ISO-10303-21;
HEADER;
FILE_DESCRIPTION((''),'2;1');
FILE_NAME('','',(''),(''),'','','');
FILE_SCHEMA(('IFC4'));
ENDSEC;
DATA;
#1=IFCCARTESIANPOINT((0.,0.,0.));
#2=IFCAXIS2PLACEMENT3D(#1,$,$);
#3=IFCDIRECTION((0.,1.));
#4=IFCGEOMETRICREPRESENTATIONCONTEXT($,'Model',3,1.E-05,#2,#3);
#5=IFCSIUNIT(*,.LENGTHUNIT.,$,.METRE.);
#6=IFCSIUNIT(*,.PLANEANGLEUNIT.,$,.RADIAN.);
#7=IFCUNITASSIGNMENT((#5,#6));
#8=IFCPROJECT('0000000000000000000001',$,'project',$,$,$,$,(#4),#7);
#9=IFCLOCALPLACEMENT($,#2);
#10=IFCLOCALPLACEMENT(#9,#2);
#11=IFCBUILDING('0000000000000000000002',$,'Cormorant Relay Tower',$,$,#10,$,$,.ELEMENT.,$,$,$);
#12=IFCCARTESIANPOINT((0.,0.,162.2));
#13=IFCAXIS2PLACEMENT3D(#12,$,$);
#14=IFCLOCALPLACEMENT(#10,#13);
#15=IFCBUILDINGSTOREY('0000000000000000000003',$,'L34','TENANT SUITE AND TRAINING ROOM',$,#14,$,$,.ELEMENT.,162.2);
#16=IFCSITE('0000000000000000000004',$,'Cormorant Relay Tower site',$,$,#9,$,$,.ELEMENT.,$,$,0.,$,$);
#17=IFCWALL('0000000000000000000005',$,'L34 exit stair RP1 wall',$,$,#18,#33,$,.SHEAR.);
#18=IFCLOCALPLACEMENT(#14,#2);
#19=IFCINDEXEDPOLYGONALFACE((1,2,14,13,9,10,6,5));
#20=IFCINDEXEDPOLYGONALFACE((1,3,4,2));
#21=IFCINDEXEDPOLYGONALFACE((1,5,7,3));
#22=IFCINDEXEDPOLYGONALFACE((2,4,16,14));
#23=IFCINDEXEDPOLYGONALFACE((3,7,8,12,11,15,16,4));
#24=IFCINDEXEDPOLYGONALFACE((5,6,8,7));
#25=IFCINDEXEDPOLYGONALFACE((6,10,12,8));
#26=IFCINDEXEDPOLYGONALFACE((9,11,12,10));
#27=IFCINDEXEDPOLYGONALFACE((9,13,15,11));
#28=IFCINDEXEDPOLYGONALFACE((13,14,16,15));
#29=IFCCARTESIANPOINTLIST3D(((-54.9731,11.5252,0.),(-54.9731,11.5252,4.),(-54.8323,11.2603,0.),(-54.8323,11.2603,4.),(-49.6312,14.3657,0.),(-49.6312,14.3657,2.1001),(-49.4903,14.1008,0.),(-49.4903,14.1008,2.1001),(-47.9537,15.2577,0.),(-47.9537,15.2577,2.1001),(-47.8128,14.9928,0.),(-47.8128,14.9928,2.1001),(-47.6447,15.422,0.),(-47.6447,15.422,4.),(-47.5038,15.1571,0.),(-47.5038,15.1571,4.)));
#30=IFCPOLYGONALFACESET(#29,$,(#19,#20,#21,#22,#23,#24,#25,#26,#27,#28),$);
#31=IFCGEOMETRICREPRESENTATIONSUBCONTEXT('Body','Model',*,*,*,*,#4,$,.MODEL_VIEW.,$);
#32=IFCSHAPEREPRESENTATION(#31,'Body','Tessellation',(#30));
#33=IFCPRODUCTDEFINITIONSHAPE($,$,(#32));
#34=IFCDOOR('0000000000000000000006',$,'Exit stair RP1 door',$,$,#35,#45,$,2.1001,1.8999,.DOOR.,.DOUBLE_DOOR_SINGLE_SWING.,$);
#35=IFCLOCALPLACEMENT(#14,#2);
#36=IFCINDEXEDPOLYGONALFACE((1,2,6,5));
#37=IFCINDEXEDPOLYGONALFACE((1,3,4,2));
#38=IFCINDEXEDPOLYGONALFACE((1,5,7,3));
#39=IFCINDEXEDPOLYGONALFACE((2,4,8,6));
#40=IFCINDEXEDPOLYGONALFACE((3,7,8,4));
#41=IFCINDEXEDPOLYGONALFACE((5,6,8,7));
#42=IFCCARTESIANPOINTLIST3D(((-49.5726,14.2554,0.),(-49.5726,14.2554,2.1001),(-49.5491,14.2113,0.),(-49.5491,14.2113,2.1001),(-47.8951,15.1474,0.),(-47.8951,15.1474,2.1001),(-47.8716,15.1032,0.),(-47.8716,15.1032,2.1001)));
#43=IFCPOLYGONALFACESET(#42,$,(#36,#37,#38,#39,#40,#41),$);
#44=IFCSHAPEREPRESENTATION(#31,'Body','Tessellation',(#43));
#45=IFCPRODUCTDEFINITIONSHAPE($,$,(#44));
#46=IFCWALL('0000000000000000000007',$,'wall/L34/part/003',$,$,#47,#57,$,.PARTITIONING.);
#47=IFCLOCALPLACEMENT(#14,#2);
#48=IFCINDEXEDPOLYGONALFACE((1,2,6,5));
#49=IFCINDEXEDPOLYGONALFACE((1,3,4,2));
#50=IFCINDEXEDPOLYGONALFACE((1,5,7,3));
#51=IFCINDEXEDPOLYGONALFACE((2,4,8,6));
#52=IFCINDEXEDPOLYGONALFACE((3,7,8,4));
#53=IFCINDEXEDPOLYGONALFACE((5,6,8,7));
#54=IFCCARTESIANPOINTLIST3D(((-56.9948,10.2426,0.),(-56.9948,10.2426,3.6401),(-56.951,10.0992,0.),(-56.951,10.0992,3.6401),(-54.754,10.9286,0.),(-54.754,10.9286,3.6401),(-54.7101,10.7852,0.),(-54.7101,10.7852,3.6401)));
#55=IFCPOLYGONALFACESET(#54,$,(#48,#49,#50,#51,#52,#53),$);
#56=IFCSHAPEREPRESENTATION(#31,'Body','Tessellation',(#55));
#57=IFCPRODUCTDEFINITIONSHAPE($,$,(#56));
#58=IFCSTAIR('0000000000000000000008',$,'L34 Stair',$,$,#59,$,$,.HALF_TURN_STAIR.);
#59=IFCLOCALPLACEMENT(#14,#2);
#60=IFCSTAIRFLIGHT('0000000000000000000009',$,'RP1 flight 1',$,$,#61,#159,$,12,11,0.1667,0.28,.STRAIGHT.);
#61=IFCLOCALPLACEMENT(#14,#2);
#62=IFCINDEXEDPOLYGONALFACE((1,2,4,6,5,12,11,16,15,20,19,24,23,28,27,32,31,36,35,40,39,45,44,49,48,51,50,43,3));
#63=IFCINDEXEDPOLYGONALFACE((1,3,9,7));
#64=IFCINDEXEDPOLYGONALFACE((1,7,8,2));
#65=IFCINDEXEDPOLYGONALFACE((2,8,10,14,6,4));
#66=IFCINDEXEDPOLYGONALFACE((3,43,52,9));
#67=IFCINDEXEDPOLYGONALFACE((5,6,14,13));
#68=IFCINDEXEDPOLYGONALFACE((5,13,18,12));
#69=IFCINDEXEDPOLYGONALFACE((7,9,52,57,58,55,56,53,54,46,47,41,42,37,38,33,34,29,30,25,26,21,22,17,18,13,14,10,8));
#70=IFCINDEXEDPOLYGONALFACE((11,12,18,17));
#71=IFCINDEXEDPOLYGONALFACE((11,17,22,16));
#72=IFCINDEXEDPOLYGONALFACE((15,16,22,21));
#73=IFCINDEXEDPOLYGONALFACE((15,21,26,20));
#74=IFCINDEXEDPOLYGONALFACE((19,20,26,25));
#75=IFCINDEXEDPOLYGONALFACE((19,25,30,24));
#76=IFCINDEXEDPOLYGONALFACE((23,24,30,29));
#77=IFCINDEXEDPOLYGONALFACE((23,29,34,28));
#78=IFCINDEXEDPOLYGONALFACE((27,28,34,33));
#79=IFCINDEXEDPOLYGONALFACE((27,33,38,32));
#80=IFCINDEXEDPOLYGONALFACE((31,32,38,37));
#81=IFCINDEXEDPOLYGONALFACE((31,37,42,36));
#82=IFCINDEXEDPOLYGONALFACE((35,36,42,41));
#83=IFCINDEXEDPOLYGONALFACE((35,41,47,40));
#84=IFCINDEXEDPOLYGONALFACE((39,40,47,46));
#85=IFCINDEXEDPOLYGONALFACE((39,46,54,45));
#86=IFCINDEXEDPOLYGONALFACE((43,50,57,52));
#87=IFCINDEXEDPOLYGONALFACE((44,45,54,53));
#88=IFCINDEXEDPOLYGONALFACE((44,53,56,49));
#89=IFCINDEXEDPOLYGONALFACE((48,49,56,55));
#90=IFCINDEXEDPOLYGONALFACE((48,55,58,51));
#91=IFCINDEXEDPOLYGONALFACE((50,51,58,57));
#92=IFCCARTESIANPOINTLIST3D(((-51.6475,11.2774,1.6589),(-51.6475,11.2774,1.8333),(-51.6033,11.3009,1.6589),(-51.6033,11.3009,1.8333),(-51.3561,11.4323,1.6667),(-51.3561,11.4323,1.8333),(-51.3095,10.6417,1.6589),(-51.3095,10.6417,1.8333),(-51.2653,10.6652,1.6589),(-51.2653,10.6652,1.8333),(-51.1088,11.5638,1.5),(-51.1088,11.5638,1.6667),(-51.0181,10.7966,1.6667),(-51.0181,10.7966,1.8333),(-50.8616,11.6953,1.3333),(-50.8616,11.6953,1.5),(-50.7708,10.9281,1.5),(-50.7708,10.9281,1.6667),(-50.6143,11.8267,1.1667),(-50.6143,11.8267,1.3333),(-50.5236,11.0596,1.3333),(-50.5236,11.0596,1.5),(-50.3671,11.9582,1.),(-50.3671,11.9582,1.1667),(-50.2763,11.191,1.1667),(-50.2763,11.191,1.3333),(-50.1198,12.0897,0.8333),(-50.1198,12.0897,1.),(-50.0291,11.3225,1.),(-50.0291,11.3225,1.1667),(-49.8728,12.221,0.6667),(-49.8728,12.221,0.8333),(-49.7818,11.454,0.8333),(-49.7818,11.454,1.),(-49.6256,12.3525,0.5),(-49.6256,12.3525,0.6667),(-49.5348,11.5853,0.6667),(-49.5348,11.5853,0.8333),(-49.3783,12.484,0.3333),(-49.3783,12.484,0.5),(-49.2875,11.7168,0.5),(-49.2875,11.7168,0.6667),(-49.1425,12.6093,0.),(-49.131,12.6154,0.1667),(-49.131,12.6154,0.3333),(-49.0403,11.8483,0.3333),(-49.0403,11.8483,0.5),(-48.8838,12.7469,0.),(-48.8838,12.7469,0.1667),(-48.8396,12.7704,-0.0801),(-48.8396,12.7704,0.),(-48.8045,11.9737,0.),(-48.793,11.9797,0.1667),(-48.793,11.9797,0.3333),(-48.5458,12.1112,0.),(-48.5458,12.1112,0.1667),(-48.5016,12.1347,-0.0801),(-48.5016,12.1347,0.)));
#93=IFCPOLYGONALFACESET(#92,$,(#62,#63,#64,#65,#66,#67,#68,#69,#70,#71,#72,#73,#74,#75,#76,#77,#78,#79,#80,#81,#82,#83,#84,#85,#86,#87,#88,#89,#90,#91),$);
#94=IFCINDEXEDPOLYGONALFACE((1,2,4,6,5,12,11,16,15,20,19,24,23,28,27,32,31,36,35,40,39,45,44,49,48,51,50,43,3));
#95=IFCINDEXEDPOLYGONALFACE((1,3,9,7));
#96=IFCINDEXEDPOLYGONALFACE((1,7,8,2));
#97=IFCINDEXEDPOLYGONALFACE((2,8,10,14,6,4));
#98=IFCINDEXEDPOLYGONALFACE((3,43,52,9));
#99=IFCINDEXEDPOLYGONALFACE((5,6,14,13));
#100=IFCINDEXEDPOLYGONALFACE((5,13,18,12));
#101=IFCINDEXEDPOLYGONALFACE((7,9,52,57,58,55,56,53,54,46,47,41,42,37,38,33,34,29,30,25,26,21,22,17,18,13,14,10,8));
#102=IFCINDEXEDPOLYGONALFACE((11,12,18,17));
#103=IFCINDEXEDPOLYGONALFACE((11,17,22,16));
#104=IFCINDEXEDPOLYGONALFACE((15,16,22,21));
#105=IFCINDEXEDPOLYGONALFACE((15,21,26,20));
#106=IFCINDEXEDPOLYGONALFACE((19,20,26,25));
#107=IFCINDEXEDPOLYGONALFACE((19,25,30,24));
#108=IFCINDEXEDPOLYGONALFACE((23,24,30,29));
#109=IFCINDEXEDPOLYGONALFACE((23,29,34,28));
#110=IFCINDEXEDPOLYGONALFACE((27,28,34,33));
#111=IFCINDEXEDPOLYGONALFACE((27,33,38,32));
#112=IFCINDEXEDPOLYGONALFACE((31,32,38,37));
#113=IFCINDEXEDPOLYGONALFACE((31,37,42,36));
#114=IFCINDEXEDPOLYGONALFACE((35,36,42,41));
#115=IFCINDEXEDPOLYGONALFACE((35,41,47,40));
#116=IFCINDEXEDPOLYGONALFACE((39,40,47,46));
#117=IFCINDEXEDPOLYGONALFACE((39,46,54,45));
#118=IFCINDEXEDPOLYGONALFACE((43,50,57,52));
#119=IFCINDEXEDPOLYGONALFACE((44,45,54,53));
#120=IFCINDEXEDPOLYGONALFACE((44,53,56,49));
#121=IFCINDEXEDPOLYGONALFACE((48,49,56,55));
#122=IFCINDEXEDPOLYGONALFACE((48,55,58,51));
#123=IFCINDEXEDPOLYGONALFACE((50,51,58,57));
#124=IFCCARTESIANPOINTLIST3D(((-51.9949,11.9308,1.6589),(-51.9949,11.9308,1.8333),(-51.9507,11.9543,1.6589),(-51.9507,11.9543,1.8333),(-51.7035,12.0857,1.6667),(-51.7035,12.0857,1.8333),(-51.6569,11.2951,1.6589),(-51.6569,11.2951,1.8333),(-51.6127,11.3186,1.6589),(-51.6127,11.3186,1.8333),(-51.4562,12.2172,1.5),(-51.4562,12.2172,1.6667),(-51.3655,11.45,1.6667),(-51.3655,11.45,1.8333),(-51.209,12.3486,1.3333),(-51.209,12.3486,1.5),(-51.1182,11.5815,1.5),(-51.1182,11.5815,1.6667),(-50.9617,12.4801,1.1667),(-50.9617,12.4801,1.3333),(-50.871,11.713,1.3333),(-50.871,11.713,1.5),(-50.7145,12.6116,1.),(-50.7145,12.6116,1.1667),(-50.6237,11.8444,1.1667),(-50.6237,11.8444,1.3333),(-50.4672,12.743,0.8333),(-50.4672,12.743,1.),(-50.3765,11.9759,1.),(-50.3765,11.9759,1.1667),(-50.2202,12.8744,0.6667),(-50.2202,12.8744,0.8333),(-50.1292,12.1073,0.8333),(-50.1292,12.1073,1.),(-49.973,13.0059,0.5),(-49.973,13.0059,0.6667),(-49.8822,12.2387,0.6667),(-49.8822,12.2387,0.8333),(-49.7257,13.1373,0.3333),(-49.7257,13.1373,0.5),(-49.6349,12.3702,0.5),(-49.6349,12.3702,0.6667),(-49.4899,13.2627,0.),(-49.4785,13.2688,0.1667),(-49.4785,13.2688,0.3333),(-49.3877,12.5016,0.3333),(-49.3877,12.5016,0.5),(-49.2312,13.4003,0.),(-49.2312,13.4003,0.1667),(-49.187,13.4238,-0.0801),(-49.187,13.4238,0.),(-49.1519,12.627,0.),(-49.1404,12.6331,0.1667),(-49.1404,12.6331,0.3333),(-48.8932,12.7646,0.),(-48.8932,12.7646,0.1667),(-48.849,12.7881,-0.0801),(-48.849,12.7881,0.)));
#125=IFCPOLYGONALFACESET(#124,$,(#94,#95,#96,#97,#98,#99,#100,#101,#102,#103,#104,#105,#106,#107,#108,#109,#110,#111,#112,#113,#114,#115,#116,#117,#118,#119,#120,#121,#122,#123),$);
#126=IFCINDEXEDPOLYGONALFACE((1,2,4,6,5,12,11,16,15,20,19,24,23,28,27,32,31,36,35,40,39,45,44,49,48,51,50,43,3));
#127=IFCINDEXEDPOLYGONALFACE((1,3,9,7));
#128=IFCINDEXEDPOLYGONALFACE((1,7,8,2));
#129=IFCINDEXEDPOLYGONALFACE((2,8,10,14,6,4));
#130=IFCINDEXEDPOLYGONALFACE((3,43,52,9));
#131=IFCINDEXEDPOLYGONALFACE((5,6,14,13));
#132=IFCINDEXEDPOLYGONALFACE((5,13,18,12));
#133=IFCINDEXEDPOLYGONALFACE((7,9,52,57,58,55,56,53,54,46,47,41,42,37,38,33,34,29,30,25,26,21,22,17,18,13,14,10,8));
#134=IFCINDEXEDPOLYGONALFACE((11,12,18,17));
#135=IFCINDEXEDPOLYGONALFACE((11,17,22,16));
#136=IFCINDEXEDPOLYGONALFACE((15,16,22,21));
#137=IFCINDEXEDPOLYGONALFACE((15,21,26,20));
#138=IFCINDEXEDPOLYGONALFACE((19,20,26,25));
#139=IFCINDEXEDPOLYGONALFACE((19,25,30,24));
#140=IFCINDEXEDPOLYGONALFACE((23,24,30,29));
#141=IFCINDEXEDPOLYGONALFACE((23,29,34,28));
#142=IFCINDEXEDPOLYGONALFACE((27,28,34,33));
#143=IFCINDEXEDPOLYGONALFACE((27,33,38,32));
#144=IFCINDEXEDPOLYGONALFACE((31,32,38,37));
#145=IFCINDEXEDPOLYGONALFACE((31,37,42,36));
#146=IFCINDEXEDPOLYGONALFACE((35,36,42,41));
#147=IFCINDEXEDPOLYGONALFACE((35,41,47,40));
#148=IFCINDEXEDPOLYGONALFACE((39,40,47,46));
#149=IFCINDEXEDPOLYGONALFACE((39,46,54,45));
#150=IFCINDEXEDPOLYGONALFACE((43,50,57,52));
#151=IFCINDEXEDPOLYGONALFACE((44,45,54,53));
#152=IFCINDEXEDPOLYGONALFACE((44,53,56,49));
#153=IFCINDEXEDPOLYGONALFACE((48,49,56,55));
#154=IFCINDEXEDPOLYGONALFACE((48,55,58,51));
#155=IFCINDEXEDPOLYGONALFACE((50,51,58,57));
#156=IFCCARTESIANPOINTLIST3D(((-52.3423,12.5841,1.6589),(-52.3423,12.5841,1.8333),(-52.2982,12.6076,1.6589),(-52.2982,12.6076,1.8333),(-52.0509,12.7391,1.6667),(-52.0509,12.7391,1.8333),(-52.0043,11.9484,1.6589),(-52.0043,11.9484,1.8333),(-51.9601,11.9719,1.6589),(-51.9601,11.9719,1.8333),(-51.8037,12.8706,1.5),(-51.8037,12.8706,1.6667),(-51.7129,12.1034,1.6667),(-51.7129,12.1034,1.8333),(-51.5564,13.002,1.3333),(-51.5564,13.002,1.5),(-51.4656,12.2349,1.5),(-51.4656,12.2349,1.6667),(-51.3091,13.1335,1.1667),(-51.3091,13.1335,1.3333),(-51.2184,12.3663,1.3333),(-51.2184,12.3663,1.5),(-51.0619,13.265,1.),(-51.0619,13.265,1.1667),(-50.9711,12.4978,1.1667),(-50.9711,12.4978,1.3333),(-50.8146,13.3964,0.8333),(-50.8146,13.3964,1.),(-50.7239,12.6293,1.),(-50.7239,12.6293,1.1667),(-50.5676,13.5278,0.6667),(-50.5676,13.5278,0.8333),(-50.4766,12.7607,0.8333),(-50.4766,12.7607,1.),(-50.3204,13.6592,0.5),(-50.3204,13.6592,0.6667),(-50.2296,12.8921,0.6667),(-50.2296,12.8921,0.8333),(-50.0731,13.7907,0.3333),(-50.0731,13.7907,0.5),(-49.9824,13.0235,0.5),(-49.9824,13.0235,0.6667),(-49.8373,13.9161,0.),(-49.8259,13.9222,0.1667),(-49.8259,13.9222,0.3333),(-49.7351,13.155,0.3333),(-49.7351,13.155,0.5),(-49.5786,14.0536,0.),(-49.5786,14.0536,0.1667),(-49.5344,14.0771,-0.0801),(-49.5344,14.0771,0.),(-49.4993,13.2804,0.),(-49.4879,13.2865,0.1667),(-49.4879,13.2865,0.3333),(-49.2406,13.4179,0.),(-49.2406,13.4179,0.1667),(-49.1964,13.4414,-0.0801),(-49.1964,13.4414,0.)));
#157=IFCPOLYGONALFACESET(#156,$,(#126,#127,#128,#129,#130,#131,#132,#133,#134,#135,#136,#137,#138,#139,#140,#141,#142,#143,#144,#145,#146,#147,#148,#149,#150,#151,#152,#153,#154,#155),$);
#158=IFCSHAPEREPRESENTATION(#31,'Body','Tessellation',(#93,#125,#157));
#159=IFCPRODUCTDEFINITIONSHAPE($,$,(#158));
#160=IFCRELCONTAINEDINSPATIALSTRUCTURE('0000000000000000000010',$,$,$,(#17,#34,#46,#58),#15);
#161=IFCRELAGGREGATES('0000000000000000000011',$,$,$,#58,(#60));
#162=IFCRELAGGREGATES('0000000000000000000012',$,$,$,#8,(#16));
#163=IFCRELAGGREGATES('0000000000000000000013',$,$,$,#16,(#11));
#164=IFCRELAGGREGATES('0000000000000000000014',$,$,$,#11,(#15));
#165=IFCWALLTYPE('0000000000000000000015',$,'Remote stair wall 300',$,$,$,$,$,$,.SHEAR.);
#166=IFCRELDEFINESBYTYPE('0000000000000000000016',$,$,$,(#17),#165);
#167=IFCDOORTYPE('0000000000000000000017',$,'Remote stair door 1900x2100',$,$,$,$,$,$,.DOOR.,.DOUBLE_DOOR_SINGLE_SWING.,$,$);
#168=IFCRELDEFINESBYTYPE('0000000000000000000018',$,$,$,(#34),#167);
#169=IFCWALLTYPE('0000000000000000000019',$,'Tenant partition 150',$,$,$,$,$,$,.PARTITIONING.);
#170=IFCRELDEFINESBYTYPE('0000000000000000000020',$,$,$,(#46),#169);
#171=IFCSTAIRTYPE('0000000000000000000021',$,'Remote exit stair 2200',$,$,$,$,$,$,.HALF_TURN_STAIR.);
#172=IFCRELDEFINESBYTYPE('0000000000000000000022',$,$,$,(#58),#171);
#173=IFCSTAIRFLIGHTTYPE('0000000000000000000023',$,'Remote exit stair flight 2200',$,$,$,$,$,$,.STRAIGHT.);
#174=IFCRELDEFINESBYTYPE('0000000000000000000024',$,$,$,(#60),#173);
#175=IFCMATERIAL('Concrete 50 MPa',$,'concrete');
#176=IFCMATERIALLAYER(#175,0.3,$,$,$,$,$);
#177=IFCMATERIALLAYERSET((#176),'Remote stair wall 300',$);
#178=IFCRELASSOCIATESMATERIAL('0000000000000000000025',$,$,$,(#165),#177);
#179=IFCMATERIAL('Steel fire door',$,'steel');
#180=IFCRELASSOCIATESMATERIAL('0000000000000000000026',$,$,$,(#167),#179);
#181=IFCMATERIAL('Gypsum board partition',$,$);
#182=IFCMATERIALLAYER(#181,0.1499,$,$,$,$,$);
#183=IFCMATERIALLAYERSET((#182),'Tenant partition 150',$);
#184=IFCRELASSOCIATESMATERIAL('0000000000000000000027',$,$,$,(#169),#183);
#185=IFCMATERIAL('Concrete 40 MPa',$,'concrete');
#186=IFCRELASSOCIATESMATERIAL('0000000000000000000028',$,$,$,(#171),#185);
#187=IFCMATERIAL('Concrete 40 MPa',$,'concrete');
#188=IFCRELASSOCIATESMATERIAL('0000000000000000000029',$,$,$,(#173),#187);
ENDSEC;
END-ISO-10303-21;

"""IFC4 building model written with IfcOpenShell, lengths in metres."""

from ifc_helpers import new_model, si_unit, direction, frame, frame_2d, origin, place, context, subcontext, project, spatial, polyline, rectangle, outline, extrude, material, layer, layer_set, type_object, element, fill, aggregate, save


model = new_model("IFC4")

# Units and contexts
model_context = context("Model", 3, precision=1e-05, world=origin(), true_north=direction((0.0, 1.0)))
body_context = subcontext(model_context, "Body", "Model", "MODEL_VIEW")
ifc_project = project(units=[si_unit("LENGTHUNIT", "METRE"), si_unit("PLANEANGLEUNIT", "RADIAN")], contexts=[model_context])

# Site, building, storey
site_placement = place(None, origin())
site = spatial("IfcSite", under=ifc_project, at=site_placement, Name="Cormorant Relay Tower site", CompositionType="ELEMENT", RefElevation=0.0)
building_placement = place(site_placement, origin())
building = spatial("IfcBuilding", under=site, at=building_placement, Name="Cormorant Relay Tower", CompositionType="ELEMENT")
storey_placement = place(building_placement, frame((0.0, 0.0, 162.2)))
storey = spatial("IfcBuildingStorey", under=building, at=storey_placement, Name="L34", Description="TENANT SUITE AND TRAINING ROOM", CompositionType="ELEMENT", Elevation=162.2)

# Shared definitions
ifc_material_1 = material(Name="Concrete 50 MPa", Category="concrete")
ifc_layer_1 = layer(ifc_material_1, 0.3)
ifc_layer_set_1 = layer_set([ifc_layer_1], Name="Remote stair wall 300")
wall_type_1 = type_object("IfcWallType", Name="Remote stair wall 300", PredefinedType="SHEAR", material=ifc_layer_set_1)

# Wall, opening, door
wall_1_placement = place(storey_placement, frame((-54.9026, 11.3928, 0.0), z_axis=(0.0, 0.0, 1.0), x_axis=(0.882939, 0.469487, 0.0)))
wall_1 = element("IfcWall", 1, at=wall_1_placement, inside=storey, type_object=wall_type_1, Name="L34 exit stair RP1 wall", PredefinedType="SHEAR", context=body_context, shape_type="SweptSolid", body=[
    extrude(rectangle(XDim=8.3, YDim=0.3, at=frame_2d((4.1499, 0.0))), origin(), (0.0, 0.0, 1.0), 4.0),
])
opening_1_placement = place(wall_1_placement, frame((6.05, 0.0, 0.0)))
opening_1 = element("IfcOpeningElement", 2, at=opening_1_placement, cuts=wall_1, PredefinedType="OPENING", context=body_context, shape_type="SweptSolid", body=[
    extrude(rectangle(XDim=1.8999, YDim=2.1001, at=frame_2d((0.95, 1.05))), frame((0.0, 0.1599, 0.0), z_axis=(0.0, -1.0, 0.0), x_axis=(1.0, 0.0, 0.0)), (0.0, 0.0, 1.0), 0.3201),
])
ifc_material_2 = material(Name="Steel fire door", Category="steel")
door_type_1 = type_object("IfcDoorType", Name="Remote stair door 1900x2100", OperationType="DOUBLE_DOOR_SINGLE_SWING", PredefinedType="DOOR", material=ifc_material_2)
door_1_placement = place(opening_1_placement, frame((1.8999, 0.0, 0.0), z_axis=(0.0, 0.0, 1.0), x_axis=(-1.0, 0.0, 0.0)))
door_1 = element("IfcDoor", 3, at=door_1_placement, inside=storey, type_object=door_type_1, Name="Exit stair RP1 door", OperationType="DOUBLE_DOOR_SINGLE_SWING", OverallHeight=2.1001, OverallWidth=1.8999, PredefinedType="DOOR", context=body_context, shape_type="SweptSolid", body=[
    extrude(rectangle(XDim=1.8999, YDim=2.1001, at=frame_2d((0.95, 1.05))), frame((0.0, 0.0249, 0.0), z_axis=(0.0, -1.0, 0.0), x_axis=(1.0, 0.0, 0.0)), (0.0, 0.0, 1.0), 0.05),
])
fill(opening_1, door_1)

# Wall
ifc_material_3 = material(Name="Gypsum board partition")
ifc_layer_2 = layer(ifc_material_3, 0.1499)
ifc_layer_set_2 = layer_set([ifc_layer_2], Name="Tenant partition 150")
wall_type_2 = type_object("IfcWallType", Name="Tenant partition 150", PredefinedType="PARTITIONING", material=ifc_layer_set_2)
wall_2_placement = place(storey_placement, frame((-54.7319, 10.8569, 0.0), z_axis=(0.0, 0.0, 1.0), x_axis=(-0.956197, -0.292724, 0.0)))
element("IfcWall", 4, at=wall_2_placement, inside=storey, type_object=wall_type_2, Name="wall/L34/part/003", PredefinedType="PARTITIONING", context=body_context, shape_type="SweptSolid", body=[
    extrude(rectangle(XDim=2.3435, YDim=0.1499, at=frame_2d((1.1719, 0.0))), origin(), (0.0, 0.0, 1.0), 3.6401),
])

# Stair, stair flight
ifc_material_4 = material(Name="Concrete 40 MPa", Category="concrete")
stair_type = type_object("IfcStairType", Name="Remote exit stair 2200", PredefinedType="HALF_TURN_STAIR", material=ifc_material_4)
stair_placement = place(storey_placement, origin())
stair = element("IfcStair", 5, at=stair_placement, inside=storey, type_object=stair_type, Name="L34 Stair", PredefinedType="HALF_TURN_STAIR")
ifc_material_5 = material(Name="Concrete 40 MPa", Category="concrete")
stair_flight_type = type_object("IfcStairFlightType", Name="Remote exit stair flight 2200", PredefinedType="STRAIGHT", material=ifc_material_5)
stair_flight_1_placement = place(storey_placement, frame((-49.0623, 13.0825, 0.0), z_axis=(0.0, 0.0, 1.0), x_axis=(-0.882948, -0.469472, 0.0)))
stair_flight_1 = element("IfcStairFlight", 6, at=stair_flight_1_placement, type_object=stair_flight_type, Name="RP1 flight 1", NumberOfRisers=12, NumberOfTreads=11, PredefinedType="STRAIGHT", RiserHeight=0.1667, TreadLength=0.28, context=body_context, shape_type="SweptSolid", body=[
    extrude(outline(polyline([(-0.05, -0.0801), (-0.05, 0.0), (0.0, 0.0), (0.0, 0.1667), (0.28, 0.1667), (0.28, 0.3333), (0.5601, 0.3333), (0.5601, 0.5), (0.8401, 0.5), (0.8401, 0.6667), (1.1201, 0.6667), (1.1201, 0.8333), (1.3999, 0.8333), (1.3999, 1.0), (1.6799, 1.0), (1.6799, 1.1667), (1.96, 1.1667), (1.96, 1.3333), (2.24, 1.3333), (2.24, 1.5), (2.52, 1.5), (2.52, 1.6667), (2.8, 1.6667), (2.8, 1.8333), (3.0801, 1.8333), (3.1301, 1.8333), (3.1301, 1.6589), (3.0801, 1.6589), (0.293, 0.0), (-0.05, -0.0801)])), frame((0.0, 1.1001, 0.0), z_axis=(0.0, -1.0, 0.0), x_axis=(1.0, 0.0, 0.0)), (0.0, 0.0, 1.0), 0.72),
    extrude(outline(polyline([(-0.05, -0.0801), (-0.05, 0.0), (0.0, 0.0), (0.0, 0.1667), (0.28, 0.1667), (0.28, 0.3333), (0.5601, 0.3333), (0.5601, 0.5), (0.8401, 0.5), (0.8401, 0.6667), (1.1201, 0.6667), (1.1201, 0.8333), (1.3999, 0.8333), (1.3999, 1.0), (1.6799, 1.0), (1.6799, 1.1667), (1.96, 1.1667), (1.96, 1.3333), (2.24, 1.3333), (2.24, 1.5), (2.52, 1.5), (2.52, 1.6667), (2.8, 1.6667), (2.8, 1.8333), (3.0801, 1.8333), (3.1301, 1.8333), (3.1301, 1.6589), (3.0801, 1.6589), (0.293, 0.0), (-0.05, -0.0801)])), frame((0.0, 0.3601, 0.0), z_axis=(0.0, -1.0, 0.0), x_axis=(1.0, 0.0, 0.0)), (0.0, 0.0, 1.0), 0.72),
    extrude(outline(polyline([(-0.05, -0.0801), (-0.05, 0.0), (0.0, 0.0), (0.0, 0.1667), (0.28, 0.1667), (0.28, 0.3333), (0.5601, 0.3333), (0.5601, 0.5), (0.8401, 0.5), (0.8401, 0.6667), (1.1201, 0.6667), (1.1201, 0.8333), (1.3999, 0.8333), (1.3999, 1.0), (1.6799, 1.0), (1.6799, 1.1667), (1.96, 1.1667), (1.96, 1.3333), (2.24, 1.3333), (2.24, 1.5), (2.52, 1.5), (2.52, 1.6667), (2.8, 1.6667), (2.8, 1.8333), (3.0801, 1.8333), (3.1301, 1.8333), (3.1301, 1.6589), (3.0801, 1.6589), (0.293, 0.0), (-0.05, -0.0801)])), frame((0.0, -0.3799, 0.0), z_axis=(0.0, -1.0, 0.0), x_axis=(1.0, 0.0, 0.0)), (0.0, 0.0, 1.0), 0.72),
])
aggregate(stair, [stair_flight_1])

save(model, "model.ifc")
